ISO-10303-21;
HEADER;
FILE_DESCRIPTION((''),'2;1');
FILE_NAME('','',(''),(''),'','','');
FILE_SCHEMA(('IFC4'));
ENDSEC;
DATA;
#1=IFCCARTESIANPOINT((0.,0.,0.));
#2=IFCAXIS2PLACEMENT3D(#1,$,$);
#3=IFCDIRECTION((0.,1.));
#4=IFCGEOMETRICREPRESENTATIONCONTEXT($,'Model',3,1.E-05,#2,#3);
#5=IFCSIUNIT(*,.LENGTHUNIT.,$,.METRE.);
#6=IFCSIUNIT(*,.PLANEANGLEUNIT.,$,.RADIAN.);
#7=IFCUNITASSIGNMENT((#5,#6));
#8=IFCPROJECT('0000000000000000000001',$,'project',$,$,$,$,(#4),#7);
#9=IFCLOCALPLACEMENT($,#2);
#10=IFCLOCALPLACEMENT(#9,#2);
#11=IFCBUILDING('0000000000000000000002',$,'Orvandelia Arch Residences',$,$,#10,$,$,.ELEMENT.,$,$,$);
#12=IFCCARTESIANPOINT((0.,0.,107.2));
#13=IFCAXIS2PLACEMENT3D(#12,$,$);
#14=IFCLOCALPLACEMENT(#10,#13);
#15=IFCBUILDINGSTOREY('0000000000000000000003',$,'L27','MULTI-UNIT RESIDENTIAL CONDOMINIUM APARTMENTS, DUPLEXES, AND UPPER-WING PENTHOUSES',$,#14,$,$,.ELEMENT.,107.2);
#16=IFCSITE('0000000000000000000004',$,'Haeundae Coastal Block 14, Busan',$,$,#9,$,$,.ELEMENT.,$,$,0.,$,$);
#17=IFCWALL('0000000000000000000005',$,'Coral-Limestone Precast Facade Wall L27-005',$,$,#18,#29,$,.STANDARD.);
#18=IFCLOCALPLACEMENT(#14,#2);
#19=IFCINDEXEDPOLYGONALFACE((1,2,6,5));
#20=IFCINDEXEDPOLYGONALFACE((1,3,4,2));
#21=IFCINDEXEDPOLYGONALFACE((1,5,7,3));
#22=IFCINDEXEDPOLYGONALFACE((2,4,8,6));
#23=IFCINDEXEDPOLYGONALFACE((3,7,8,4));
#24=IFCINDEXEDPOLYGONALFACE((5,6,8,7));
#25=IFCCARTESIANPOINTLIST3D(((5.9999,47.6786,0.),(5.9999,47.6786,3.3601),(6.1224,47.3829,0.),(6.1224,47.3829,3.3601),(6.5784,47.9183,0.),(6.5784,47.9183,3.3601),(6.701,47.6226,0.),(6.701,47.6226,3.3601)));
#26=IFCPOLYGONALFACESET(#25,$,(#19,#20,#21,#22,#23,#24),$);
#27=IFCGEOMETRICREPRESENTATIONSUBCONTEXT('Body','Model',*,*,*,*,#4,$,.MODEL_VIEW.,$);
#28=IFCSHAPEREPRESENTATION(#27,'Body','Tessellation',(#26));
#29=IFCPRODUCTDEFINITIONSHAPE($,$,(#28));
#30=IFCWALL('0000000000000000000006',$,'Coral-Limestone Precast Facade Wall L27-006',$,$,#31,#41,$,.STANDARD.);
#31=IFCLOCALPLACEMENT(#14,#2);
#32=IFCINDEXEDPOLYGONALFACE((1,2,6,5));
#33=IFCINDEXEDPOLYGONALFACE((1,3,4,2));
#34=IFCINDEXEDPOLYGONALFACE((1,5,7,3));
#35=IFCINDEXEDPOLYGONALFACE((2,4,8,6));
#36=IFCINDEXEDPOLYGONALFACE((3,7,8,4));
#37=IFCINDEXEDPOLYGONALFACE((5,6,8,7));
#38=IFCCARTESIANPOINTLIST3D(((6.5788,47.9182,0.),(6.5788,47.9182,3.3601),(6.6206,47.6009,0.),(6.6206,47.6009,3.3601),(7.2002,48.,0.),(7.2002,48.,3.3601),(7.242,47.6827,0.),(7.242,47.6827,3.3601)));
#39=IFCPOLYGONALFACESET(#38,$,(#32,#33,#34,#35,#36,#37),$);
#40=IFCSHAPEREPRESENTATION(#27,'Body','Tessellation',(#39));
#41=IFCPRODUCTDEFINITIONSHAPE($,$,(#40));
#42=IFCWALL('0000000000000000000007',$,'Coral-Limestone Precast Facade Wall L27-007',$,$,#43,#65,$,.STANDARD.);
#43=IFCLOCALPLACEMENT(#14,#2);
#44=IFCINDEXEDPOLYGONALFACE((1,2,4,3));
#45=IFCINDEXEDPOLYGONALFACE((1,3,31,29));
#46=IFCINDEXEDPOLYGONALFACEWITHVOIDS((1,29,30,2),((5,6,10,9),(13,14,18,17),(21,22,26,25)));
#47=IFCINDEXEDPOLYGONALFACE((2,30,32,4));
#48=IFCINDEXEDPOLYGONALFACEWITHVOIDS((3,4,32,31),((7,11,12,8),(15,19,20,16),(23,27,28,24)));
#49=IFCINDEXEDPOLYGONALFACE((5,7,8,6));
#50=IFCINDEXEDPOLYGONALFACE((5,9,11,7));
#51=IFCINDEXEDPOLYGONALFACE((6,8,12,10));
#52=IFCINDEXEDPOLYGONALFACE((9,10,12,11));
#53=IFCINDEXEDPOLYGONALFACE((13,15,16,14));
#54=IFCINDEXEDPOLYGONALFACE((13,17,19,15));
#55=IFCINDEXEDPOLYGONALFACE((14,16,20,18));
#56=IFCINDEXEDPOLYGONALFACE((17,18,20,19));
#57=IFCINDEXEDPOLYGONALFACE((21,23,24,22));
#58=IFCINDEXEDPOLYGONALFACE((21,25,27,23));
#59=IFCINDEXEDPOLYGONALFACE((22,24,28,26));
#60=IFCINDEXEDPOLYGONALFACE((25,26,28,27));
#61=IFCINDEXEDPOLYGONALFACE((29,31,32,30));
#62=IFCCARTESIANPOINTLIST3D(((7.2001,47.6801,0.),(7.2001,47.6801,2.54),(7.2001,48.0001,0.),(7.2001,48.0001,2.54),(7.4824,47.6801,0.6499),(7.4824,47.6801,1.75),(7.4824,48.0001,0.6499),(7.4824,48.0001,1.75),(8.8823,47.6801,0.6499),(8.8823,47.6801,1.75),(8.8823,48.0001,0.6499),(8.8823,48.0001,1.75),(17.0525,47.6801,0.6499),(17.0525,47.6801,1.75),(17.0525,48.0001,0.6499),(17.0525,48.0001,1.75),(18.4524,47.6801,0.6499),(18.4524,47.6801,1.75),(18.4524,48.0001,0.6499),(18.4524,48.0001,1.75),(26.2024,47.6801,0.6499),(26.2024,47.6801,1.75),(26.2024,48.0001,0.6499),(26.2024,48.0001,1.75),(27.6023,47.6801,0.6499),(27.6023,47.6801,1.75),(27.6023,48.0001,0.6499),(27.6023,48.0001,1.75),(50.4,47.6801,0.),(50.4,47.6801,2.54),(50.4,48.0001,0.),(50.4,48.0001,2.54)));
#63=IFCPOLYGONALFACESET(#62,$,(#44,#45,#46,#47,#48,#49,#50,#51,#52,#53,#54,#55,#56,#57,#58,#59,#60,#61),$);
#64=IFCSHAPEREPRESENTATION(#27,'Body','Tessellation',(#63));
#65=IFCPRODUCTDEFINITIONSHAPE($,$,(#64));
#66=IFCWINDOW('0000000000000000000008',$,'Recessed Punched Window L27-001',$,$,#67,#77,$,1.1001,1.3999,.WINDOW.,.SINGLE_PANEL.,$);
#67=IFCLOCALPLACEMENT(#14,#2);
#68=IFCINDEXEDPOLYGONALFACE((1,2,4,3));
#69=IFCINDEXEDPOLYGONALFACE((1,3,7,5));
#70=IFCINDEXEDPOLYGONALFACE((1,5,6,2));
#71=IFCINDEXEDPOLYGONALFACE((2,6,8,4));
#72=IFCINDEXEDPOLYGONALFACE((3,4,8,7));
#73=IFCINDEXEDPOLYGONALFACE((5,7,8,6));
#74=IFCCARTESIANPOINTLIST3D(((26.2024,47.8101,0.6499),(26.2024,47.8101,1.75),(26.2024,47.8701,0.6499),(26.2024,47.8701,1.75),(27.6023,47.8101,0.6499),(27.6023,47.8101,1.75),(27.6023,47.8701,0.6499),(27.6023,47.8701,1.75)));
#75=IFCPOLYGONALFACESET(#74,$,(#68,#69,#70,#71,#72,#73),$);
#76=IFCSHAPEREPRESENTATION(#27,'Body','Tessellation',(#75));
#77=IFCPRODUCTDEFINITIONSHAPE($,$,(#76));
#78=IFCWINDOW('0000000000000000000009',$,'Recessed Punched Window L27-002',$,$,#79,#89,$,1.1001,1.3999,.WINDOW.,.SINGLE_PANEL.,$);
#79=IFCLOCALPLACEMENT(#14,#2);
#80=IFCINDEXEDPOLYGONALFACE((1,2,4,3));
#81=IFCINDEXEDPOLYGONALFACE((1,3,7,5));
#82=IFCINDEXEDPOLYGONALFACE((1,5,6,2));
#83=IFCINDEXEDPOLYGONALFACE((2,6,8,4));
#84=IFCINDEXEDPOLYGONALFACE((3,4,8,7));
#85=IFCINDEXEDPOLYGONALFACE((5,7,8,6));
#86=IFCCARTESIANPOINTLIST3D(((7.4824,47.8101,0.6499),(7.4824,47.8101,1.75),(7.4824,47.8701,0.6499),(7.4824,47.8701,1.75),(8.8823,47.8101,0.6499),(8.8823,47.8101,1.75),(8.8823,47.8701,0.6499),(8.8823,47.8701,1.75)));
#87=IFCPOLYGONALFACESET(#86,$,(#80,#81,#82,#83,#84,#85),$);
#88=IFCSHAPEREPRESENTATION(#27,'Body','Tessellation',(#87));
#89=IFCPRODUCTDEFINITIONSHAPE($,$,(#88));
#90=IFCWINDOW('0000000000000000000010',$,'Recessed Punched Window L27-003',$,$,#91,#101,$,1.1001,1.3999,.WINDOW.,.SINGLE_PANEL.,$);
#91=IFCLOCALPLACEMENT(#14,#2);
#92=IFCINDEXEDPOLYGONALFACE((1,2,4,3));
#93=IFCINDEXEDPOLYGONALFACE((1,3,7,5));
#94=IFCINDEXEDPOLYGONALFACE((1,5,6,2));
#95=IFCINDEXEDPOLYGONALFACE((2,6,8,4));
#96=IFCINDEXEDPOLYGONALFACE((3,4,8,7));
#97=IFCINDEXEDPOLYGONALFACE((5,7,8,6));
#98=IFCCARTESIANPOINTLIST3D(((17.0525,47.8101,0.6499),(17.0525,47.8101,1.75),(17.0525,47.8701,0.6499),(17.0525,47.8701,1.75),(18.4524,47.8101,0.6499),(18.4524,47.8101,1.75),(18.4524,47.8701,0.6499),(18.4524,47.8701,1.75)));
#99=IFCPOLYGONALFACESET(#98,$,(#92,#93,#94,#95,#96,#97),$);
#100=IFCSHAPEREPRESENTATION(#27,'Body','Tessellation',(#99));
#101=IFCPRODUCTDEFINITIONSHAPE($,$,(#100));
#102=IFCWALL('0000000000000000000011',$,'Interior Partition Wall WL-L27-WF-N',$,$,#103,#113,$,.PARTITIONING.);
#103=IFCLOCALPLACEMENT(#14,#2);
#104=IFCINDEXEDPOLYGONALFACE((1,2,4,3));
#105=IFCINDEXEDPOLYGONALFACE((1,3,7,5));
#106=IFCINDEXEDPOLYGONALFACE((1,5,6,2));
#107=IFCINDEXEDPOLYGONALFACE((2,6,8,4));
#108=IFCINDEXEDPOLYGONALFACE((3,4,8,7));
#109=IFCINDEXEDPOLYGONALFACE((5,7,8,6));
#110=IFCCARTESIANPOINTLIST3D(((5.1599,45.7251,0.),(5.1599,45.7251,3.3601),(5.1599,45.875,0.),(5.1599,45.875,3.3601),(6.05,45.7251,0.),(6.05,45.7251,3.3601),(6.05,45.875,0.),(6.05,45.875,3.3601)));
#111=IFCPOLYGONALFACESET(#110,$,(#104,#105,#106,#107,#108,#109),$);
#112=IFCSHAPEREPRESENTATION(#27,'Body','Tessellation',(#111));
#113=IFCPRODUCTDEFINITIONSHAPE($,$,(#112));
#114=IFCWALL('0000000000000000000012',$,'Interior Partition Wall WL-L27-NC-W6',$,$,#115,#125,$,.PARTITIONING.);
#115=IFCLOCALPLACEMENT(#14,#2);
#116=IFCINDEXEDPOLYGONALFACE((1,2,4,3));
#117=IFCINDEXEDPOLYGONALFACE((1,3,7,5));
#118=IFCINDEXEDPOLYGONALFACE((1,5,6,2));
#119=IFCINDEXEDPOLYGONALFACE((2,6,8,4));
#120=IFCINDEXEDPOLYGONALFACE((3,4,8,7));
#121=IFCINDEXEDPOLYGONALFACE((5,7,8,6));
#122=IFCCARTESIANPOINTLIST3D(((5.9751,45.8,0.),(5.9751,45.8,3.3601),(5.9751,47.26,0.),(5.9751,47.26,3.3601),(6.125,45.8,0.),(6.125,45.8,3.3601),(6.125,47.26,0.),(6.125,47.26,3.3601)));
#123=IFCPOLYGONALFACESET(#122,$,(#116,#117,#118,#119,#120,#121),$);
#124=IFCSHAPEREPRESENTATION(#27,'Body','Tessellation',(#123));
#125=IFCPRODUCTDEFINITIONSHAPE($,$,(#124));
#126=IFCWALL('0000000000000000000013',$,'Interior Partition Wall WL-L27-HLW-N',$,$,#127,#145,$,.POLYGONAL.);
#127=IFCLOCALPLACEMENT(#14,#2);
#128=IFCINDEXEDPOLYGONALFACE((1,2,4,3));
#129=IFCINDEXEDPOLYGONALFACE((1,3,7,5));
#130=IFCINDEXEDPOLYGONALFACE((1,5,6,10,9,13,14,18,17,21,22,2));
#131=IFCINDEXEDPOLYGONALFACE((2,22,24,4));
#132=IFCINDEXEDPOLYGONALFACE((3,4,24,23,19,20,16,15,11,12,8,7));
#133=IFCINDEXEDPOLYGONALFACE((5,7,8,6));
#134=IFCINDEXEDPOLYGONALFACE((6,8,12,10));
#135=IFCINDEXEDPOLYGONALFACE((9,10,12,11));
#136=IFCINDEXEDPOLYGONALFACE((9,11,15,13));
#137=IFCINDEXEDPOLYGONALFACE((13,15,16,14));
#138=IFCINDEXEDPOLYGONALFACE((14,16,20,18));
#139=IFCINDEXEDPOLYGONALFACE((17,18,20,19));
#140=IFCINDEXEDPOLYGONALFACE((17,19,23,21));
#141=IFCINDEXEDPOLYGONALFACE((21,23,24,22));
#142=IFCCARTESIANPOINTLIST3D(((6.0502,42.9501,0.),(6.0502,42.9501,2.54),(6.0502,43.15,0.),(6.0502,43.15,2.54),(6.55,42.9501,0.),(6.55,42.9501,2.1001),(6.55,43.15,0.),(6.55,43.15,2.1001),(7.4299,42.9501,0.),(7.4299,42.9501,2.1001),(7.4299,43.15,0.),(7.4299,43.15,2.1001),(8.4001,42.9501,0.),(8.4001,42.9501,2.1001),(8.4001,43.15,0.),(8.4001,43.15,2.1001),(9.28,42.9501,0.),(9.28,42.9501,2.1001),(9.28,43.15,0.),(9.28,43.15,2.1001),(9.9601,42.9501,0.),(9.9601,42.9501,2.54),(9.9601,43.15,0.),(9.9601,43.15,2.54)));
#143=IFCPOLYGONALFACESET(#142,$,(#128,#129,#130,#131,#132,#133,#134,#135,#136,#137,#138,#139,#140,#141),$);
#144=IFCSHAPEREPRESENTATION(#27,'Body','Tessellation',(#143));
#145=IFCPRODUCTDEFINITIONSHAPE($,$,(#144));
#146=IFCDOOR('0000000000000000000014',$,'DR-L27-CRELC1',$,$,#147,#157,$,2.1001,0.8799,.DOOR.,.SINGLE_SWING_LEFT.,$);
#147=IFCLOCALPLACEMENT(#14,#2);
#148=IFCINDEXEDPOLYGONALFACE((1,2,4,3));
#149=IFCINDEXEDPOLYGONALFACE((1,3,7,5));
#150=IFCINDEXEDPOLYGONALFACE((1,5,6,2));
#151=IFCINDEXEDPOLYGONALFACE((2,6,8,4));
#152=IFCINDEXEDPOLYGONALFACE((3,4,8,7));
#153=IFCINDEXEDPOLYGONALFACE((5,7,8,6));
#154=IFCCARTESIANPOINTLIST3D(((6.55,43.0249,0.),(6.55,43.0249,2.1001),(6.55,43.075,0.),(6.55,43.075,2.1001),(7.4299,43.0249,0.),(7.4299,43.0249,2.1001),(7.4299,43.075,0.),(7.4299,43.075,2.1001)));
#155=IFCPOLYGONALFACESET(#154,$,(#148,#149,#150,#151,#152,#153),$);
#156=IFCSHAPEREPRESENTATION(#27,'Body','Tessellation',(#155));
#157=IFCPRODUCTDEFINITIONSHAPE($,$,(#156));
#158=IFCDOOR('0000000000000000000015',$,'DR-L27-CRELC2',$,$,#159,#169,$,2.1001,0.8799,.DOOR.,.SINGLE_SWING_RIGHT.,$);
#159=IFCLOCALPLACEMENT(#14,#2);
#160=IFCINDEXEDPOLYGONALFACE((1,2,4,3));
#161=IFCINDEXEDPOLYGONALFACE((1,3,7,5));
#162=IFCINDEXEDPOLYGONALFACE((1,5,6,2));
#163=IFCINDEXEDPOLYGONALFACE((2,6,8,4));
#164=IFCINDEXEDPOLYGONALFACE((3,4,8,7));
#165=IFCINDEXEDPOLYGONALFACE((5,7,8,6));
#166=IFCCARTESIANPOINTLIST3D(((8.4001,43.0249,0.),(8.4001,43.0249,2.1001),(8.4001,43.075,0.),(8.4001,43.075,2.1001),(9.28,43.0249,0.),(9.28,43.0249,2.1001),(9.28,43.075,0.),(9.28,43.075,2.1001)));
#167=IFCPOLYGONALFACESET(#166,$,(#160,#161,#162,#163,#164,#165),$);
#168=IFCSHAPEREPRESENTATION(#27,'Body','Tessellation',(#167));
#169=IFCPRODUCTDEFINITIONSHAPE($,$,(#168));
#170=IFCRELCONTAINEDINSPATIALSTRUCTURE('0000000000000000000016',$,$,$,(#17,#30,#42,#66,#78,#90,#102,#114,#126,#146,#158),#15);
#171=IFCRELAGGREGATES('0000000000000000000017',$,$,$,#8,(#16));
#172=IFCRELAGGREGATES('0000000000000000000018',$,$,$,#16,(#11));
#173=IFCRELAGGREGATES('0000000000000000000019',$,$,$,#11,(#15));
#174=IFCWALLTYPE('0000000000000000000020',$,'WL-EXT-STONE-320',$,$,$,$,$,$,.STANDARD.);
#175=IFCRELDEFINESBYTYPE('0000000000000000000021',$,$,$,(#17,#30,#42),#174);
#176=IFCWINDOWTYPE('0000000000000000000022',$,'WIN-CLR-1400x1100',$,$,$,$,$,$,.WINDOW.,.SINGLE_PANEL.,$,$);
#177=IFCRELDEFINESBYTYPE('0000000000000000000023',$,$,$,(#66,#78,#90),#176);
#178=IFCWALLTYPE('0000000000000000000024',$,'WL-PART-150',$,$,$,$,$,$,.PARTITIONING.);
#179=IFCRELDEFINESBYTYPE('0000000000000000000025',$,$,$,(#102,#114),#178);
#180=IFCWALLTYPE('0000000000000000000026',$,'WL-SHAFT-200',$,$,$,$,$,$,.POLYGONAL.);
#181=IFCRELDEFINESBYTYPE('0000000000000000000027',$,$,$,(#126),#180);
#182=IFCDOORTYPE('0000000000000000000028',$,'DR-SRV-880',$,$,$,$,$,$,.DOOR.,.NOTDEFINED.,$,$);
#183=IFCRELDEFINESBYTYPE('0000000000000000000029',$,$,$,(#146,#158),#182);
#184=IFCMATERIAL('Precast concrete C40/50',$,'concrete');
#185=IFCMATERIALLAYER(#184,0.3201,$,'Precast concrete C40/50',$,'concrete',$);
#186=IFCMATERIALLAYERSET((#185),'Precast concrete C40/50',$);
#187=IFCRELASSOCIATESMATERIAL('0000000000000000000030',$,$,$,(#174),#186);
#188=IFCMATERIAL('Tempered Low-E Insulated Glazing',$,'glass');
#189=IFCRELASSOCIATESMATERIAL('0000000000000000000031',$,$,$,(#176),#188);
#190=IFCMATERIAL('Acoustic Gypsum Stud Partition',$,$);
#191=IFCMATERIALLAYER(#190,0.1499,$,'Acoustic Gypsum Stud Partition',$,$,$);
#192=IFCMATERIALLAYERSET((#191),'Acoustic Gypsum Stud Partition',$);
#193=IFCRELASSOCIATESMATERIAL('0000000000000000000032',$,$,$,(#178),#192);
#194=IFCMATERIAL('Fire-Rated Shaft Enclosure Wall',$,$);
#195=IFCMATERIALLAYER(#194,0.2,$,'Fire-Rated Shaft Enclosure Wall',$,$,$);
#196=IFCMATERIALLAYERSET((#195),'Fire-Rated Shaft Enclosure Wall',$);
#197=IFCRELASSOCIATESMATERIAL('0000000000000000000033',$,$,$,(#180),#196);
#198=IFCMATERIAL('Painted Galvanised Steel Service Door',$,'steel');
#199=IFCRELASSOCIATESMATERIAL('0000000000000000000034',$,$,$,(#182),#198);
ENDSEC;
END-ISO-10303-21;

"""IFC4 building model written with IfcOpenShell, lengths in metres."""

from ifc_helpers import new_model, si_unit, direction, frame, frame_2d, origin, place, context, subcontext, project, spatial, rectangle, extrude, material, layer, layer_set, type_object, element, fill, save


model = new_model("IFC4")

# Units and contexts
model_context = context("Model", 3, precision=1e-05, world=origin(), true_north=direction((0.0, 1.0)))
body_context = subcontext(model_context, "Body", "Model", "MODEL_VIEW")
ifc_project = project(units=[si_unit("LENGTHUNIT", "METRE"), si_unit("PLANEANGLEUNIT", "RADIAN")], contexts=[model_context])

# Site, building, storey
site_placement = place(None, origin())
site = spatial("IfcSite", under=ifc_project, at=site_placement, Name="Haeundae Coastal Block 14, Busan", CompositionType="ELEMENT", RefElevation=0.0)
building_placement = place(site_placement, origin())
building = spatial("IfcBuilding", under=site, at=building_placement, Name="Orvandelia Arch Residences", CompositionType="ELEMENT")
storey_placement = place(building_placement, frame((0.0, 0.0, 107.2)))
storey = spatial("IfcBuildingStorey", under=building, at=storey_placement, Name="L27", Description="MULTI-UNIT RESIDENTIAL CONDOMINIUM APARTMENTS, DUPLEXES, AND UPPER-WING PENTHOUSES", CompositionType="ELEMENT", Elevation=107.2)

# Walls
ifc_material_1 = material(Name="Precast concrete C40/50", Category="concrete")
ifc_layer_1 = layer(ifc_material_1, 0.3201, Name="Precast concrete C40/50", Category="concrete")
ifc_layer_set_1 = layer_set([ifc_layer_1], Name="Precast concrete C40/50")
wall_type_1 = type_object("IfcWallType", Name="WL-EXT-STONE-320", PredefinedType="STANDARD", material=ifc_layer_set_1)
wall_1_placement = place(storey_placement, frame((6.0613, 47.5308, 0.0), z_axis=(0.0, 0.0, 1.0), x_axis=(0.923836, 0.382788, 0.0)))
element("IfcWall", 1, at=wall_1_placement, inside=storey, type_object=wall_type_1, Name="Coral-Limestone Precast Facade Wall L27-005", PredefinedType="STANDARD", context=body_context, shape_type="SweptSolid", body=[
    extrude(rectangle(XDim=0.6262, YDim=0.3201, at=frame_2d((0.313, 0.0))), origin(), (0.0, 0.0, 1.0), 3.3601),
])
wall_2_placement = place(storey_placement, frame((6.5996, 47.7595, 0.0), z_axis=(0.0, 0.0, 1.0), x_axis=(0.991448, 0.130505, 0.0)))
element("IfcWall", 2, at=wall_2_placement, inside=storey, type_object=wall_type_1, Name="Coral-Limestone Precast Facade Wall L27-006", PredefinedType="STANDARD", context=body_context, shape_type="SweptSolid", body=[
    extrude(rectangle(XDim=0.6267, YDim=0.3201, at=frame_2d((0.3135, 0.0))), origin(), (0.0, 0.0, 1.0), 3.3601),
])

# Wall, openings, windows
wall_3_placement = place(storey_placement, frame((7.2, 47.8401, 0.0), z_axis=(0.0, 0.0, 1.0), x_axis=(1.0, 0.0, 0.0)))
wall_3 = element("IfcWall", 3, at=wall_3_placement, inside=storey, type_object=wall_type_1, Name="Coral-Limestone Precast Facade Wall L27-007", PredefinedType="STANDARD", context=body_context, shape_type="SweptSolid", body=[
    extrude(rectangle(XDim=43.2, YDim=0.3201, at=frame_2d((21.6001, 0.0))), origin(), (0.0, 0.0, 1.0), 2.54),
])
opening_1_placement = place(wall_3_placement, frame((19.0024, 0.0, 0.6499)))
opening_1 = element("IfcOpeningElement", 4, at=opening_1_placement, cuts=wall_3, PredefinedType="OPENING", context=body_context, shape_type="SweptSolid", body=[
    extrude(rectangle(XDim=1.3999, YDim=1.1001, at=frame_2d((0.7, 0.55))), frame((0.0, 0.1699, 0.0), z_axis=(0.0, -1.0, 0.0), x_axis=(1.0, 0.0, 0.0)), (0.0, 0.0, 1.0), 0.3401),
])
opening_2_placement = place(wall_3_placement, frame((0.2825, 0.0, 0.6499)))
opening_2 = element("IfcOpeningElement", 5, at=opening_2_placement, cuts=wall_3, PredefinedType="OPENING", context=body_context, shape_type="SweptSolid", body=[
    extrude(rectangle(XDim=1.3999, YDim=1.1001, at=frame_2d((0.7, 0.55))), frame((0.0, 0.1699, 0.0), z_axis=(0.0, -1.0, 0.0), x_axis=(1.0, 0.0, 0.0)), (0.0, 0.0, 1.0), 0.3401),
])
opening_3_placement = place(wall_3_placement, frame((9.8525, 0.0, 0.6499)))
opening_3 = element("IfcOpeningElement", 6, at=opening_3_placement, cuts=wall_3, PredefinedType="OPENING", context=body_context, shape_type="SweptSolid", body=[
    extrude(rectangle(XDim=1.3999, YDim=1.1001, at=frame_2d((0.7, 0.55))), frame((0.0, 0.1699, 0.0), z_axis=(0.0, -1.0, 0.0), x_axis=(1.0, 0.0, 0.0)), (0.0, 0.0, 1.0), 0.3401),
])
ifc_material_2 = material(Name="Tempered Low-E Insulated Glazing", Category="glass")
window_type = type_object("IfcWindowType", Name="WIN-CLR-1400x1100", PartitioningType="SINGLE_PANEL", PredefinedType="WINDOW", material=ifc_material_2)
window_1_placement = place(opening_1_placement, origin())
window_1 = element("IfcWindow", 7, at=window_1_placement, inside=storey, type_object=window_type, Name="Recessed Punched Window L27-001", OverallHeight=1.1001, OverallWidth=1.3999, PartitioningType="SINGLE_PANEL", PredefinedType="WINDOW", context=body_context, shape_type="SweptSolid", body=[
    extrude(rectangle(XDim=1.3999, YDim=1.1001, at=frame_2d((0.7, 0.55))), frame((0.0, 0.03, 0.0), z_axis=(0.0, -1.0, 0.0), x_axis=(1.0, 0.0, 0.0)), (0.0, 0.0, 1.0), 0.0601),
])
fill(opening_1, window_1)
window_2_placement = place(opening_2_placement, origin())
window_2 = element("IfcWindow", 8, at=window_2_placement, inside=storey, type_object=window_type, Name="Recessed Punched Window L27-002", OverallHeight=1.1001, OverallWidth=1.3999, PartitioningType="SINGLE_PANEL", PredefinedType="WINDOW", context=body_context, shape_type="SweptSolid", body=[
    extrude(rectangle(XDim=1.3999, YDim=1.1001, at=frame_2d((0.7, 0.55))), frame((0.0, 0.03, 0.0), z_axis=(0.0, -1.0, 0.0), x_axis=(1.0, 0.0, 0.0)), (0.0, 0.0, 1.0), 0.0601),
])
fill(opening_2, window_2)
window_3_placement = place(opening_3_placement, origin())
window_3 = element("IfcWindow", 9, at=window_3_placement, inside=storey, type_object=window_type, Name="Recessed Punched Window L27-003", OverallHeight=1.1001, OverallWidth=1.3999, PartitioningType="SINGLE_PANEL", PredefinedType="WINDOW", context=body_context, shape_type="SweptSolid", body=[
    extrude(rectangle(XDim=1.3999, YDim=1.1001, at=frame_2d((0.7, 0.55))), frame((0.0, 0.03, 0.0), z_axis=(0.0, -1.0, 0.0), x_axis=(1.0, 0.0, 0.0)), (0.0, 0.0, 1.0), 0.0601),
])
fill(opening_3, window_3)

# Walls
ifc_material_3 = material(Name="Acoustic Gypsum Stud Partition")
ifc_layer_2 = layer(ifc_material_3, 0.1499, Name="Acoustic Gypsum Stud Partition")
ifc_layer_set_2 = layer_set([ifc_layer_2], Name="Acoustic Gypsum Stud Partition")
wall_type_2 = type_object("IfcWallType", Name="WL-PART-150", PredefinedType="PARTITIONING", material=ifc_layer_set_2)
wall_4_placement = place(storey_placement, frame((5.1599, 45.8, 0.0), z_axis=(0.0, 0.0, 1.0), x_axis=(1.0, 0.0, 0.0)))
element("IfcWall", 10, at=wall_4_placement, inside=storey, type_object=wall_type_2, Name="Interior Partition Wall WL-L27-WF-N", PredefinedType="PARTITIONING", context=body_context, shape_type="SweptSolid", body=[
    extrude(rectangle(XDim=0.8901, YDim=0.1499, at=frame_2d((0.4451, 0.0))), origin(), (0.0, 0.0, 1.0), 3.3601),
])
wall_5_placement = place(storey_placement, frame((6.05, 45.8, 0.0), z_axis=(0.0, 0.0, 1.0), x_axis=(0.0, 1.0, 0.0)))
element("IfcWall", 11, at=wall_5_placement, inside=storey, type_object=wall_type_2, Name="Interior Partition Wall WL-L27-NC-W6", PredefinedType="PARTITIONING", context=body_context, shape_type="SweptSolid", body=[
    extrude(rectangle(XDim=1.46, YDim=0.1499, at=frame_2d((0.73, 0.0))), origin(), (0.0, 0.0, 1.0), 3.3601),
])

# Wall, openings, doors
ifc_material_4 = material(Name="Fire-Rated Shaft Enclosure Wall")
ifc_layer_3 = layer(ifc_material_4, 0.2, Name="Fire-Rated Shaft Enclosure Wall")
ifc_layer_set_3 = layer_set([ifc_layer_3], Name="Fire-Rated Shaft Enclosure Wall")
wall_type_3 = type_object("IfcWallType", Name="WL-SHAFT-200", PredefinedType="POLYGONAL", material=ifc_layer_set_3)
wall_6_placement = place(storey_placement, frame((6.05, 43.05, 0.0), z_axis=(0.0, 0.0, 1.0), x_axis=(1.0, 0.0, 0.0)))
wall_6 = element("IfcWall", 12, at=wall_6_placement, inside=storey, type_object=wall_type_3, Name="Interior Partition Wall WL-L27-HLW-N", PredefinedType="POLYGONAL", context=body_context, shape_type="SweptSolid", body=[
    extrude(rectangle(XDim=3.9099, YDim=0.2, at=frame_2d((1.9551, 0.0))), origin(), (0.0, 0.0, 1.0), 2.54),
])
opening_4_placement = place(wall_6_placement, frame((0.5, 0.0, 0.0)))
opening_4 = element("IfcOpeningElement", 13, at=opening_4_placement, cuts=wall_6, PredefinedType="OPENING", context=body_context, shape_type="SweptSolid", body=[
    extrude(rectangle(XDim=0.8799, YDim=2.1001, at=frame_2d((0.4399, 1.05))), frame((0.0, 0.1099, 0.0), z_axis=(0.0, -1.0, 0.0), x_axis=(1.0, 0.0, 0.0)), (0.0, 0.0, 1.0), 0.22),
])
opening_5_placement = place(wall_6_placement, frame((2.3501, 0.0, 0.0)))
opening_5 = element("IfcOpeningElement", 14, at=opening_5_placement, cuts=wall_6, PredefinedType="OPENING", context=body_context, shape_type="SweptSolid", body=[
    extrude(rectangle(XDim=0.8799, YDim=2.1001, at=frame_2d((0.4399, 1.05))), frame((0.0, 0.1099, 0.0), z_axis=(0.0, -1.0, 0.0), x_axis=(1.0, 0.0, 0.0)), (0.0, 0.0, 1.0), 0.22),
])
ifc_material_5 = material(Name="Painted Galvanised Steel Service Door", Category="steel")
door_type = type_object("IfcDoorType", Name="DR-SRV-880", OperationType="NOTDEFINED", PredefinedType="DOOR", material=ifc_material_5)
door_1_placement = place(opening_4_placement, origin())
door_1 = element("IfcDoor", 15, at=door_1_placement, inside=storey, type_object=door_type, Name="DR-L27-CRELC1", OperationType="SINGLE_SWING_LEFT", OverallHeight=2.1001, OverallWidth=0.8799, PredefinedType="DOOR", context=body_context, shape_type="SweptSolid", body=[
    extrude(rectangle(XDim=0.8799, YDim=2.1001, at=frame_2d((0.4399, 1.05))), frame((0.0, 0.0249, 0.0), z_axis=(0.0, -1.0, 0.0), x_axis=(1.0, 0.0, 0.0)), (0.0, 0.0, 1.0), 0.05),
])
fill(opening_4, door_1)
door_2_placement = place(opening_5_placement, origin())
door_2 = element("IfcDoor", 16, at=door_2_placement, inside=storey, type_object=door_type, Name="DR-L27-CRELC2", OperationType="SINGLE_SWING_RIGHT", OverallHeight=2.1001, OverallWidth=0.8799, PredefinedType="DOOR", context=body_context, shape_type="SweptSolid", body=[
    extrude(rectangle(XDim=0.8799, YDim=2.1001, at=frame_2d((0.4399, 1.05))), frame((0.0, 0.0249, 0.0), z_axis=(0.0, -1.0, 0.0), x_axis=(1.0, 0.0, 0.0)), (0.0, 0.0, 1.0), 0.05),
])
fill(opening_5, door_2)

save(model, "model.ifc")
